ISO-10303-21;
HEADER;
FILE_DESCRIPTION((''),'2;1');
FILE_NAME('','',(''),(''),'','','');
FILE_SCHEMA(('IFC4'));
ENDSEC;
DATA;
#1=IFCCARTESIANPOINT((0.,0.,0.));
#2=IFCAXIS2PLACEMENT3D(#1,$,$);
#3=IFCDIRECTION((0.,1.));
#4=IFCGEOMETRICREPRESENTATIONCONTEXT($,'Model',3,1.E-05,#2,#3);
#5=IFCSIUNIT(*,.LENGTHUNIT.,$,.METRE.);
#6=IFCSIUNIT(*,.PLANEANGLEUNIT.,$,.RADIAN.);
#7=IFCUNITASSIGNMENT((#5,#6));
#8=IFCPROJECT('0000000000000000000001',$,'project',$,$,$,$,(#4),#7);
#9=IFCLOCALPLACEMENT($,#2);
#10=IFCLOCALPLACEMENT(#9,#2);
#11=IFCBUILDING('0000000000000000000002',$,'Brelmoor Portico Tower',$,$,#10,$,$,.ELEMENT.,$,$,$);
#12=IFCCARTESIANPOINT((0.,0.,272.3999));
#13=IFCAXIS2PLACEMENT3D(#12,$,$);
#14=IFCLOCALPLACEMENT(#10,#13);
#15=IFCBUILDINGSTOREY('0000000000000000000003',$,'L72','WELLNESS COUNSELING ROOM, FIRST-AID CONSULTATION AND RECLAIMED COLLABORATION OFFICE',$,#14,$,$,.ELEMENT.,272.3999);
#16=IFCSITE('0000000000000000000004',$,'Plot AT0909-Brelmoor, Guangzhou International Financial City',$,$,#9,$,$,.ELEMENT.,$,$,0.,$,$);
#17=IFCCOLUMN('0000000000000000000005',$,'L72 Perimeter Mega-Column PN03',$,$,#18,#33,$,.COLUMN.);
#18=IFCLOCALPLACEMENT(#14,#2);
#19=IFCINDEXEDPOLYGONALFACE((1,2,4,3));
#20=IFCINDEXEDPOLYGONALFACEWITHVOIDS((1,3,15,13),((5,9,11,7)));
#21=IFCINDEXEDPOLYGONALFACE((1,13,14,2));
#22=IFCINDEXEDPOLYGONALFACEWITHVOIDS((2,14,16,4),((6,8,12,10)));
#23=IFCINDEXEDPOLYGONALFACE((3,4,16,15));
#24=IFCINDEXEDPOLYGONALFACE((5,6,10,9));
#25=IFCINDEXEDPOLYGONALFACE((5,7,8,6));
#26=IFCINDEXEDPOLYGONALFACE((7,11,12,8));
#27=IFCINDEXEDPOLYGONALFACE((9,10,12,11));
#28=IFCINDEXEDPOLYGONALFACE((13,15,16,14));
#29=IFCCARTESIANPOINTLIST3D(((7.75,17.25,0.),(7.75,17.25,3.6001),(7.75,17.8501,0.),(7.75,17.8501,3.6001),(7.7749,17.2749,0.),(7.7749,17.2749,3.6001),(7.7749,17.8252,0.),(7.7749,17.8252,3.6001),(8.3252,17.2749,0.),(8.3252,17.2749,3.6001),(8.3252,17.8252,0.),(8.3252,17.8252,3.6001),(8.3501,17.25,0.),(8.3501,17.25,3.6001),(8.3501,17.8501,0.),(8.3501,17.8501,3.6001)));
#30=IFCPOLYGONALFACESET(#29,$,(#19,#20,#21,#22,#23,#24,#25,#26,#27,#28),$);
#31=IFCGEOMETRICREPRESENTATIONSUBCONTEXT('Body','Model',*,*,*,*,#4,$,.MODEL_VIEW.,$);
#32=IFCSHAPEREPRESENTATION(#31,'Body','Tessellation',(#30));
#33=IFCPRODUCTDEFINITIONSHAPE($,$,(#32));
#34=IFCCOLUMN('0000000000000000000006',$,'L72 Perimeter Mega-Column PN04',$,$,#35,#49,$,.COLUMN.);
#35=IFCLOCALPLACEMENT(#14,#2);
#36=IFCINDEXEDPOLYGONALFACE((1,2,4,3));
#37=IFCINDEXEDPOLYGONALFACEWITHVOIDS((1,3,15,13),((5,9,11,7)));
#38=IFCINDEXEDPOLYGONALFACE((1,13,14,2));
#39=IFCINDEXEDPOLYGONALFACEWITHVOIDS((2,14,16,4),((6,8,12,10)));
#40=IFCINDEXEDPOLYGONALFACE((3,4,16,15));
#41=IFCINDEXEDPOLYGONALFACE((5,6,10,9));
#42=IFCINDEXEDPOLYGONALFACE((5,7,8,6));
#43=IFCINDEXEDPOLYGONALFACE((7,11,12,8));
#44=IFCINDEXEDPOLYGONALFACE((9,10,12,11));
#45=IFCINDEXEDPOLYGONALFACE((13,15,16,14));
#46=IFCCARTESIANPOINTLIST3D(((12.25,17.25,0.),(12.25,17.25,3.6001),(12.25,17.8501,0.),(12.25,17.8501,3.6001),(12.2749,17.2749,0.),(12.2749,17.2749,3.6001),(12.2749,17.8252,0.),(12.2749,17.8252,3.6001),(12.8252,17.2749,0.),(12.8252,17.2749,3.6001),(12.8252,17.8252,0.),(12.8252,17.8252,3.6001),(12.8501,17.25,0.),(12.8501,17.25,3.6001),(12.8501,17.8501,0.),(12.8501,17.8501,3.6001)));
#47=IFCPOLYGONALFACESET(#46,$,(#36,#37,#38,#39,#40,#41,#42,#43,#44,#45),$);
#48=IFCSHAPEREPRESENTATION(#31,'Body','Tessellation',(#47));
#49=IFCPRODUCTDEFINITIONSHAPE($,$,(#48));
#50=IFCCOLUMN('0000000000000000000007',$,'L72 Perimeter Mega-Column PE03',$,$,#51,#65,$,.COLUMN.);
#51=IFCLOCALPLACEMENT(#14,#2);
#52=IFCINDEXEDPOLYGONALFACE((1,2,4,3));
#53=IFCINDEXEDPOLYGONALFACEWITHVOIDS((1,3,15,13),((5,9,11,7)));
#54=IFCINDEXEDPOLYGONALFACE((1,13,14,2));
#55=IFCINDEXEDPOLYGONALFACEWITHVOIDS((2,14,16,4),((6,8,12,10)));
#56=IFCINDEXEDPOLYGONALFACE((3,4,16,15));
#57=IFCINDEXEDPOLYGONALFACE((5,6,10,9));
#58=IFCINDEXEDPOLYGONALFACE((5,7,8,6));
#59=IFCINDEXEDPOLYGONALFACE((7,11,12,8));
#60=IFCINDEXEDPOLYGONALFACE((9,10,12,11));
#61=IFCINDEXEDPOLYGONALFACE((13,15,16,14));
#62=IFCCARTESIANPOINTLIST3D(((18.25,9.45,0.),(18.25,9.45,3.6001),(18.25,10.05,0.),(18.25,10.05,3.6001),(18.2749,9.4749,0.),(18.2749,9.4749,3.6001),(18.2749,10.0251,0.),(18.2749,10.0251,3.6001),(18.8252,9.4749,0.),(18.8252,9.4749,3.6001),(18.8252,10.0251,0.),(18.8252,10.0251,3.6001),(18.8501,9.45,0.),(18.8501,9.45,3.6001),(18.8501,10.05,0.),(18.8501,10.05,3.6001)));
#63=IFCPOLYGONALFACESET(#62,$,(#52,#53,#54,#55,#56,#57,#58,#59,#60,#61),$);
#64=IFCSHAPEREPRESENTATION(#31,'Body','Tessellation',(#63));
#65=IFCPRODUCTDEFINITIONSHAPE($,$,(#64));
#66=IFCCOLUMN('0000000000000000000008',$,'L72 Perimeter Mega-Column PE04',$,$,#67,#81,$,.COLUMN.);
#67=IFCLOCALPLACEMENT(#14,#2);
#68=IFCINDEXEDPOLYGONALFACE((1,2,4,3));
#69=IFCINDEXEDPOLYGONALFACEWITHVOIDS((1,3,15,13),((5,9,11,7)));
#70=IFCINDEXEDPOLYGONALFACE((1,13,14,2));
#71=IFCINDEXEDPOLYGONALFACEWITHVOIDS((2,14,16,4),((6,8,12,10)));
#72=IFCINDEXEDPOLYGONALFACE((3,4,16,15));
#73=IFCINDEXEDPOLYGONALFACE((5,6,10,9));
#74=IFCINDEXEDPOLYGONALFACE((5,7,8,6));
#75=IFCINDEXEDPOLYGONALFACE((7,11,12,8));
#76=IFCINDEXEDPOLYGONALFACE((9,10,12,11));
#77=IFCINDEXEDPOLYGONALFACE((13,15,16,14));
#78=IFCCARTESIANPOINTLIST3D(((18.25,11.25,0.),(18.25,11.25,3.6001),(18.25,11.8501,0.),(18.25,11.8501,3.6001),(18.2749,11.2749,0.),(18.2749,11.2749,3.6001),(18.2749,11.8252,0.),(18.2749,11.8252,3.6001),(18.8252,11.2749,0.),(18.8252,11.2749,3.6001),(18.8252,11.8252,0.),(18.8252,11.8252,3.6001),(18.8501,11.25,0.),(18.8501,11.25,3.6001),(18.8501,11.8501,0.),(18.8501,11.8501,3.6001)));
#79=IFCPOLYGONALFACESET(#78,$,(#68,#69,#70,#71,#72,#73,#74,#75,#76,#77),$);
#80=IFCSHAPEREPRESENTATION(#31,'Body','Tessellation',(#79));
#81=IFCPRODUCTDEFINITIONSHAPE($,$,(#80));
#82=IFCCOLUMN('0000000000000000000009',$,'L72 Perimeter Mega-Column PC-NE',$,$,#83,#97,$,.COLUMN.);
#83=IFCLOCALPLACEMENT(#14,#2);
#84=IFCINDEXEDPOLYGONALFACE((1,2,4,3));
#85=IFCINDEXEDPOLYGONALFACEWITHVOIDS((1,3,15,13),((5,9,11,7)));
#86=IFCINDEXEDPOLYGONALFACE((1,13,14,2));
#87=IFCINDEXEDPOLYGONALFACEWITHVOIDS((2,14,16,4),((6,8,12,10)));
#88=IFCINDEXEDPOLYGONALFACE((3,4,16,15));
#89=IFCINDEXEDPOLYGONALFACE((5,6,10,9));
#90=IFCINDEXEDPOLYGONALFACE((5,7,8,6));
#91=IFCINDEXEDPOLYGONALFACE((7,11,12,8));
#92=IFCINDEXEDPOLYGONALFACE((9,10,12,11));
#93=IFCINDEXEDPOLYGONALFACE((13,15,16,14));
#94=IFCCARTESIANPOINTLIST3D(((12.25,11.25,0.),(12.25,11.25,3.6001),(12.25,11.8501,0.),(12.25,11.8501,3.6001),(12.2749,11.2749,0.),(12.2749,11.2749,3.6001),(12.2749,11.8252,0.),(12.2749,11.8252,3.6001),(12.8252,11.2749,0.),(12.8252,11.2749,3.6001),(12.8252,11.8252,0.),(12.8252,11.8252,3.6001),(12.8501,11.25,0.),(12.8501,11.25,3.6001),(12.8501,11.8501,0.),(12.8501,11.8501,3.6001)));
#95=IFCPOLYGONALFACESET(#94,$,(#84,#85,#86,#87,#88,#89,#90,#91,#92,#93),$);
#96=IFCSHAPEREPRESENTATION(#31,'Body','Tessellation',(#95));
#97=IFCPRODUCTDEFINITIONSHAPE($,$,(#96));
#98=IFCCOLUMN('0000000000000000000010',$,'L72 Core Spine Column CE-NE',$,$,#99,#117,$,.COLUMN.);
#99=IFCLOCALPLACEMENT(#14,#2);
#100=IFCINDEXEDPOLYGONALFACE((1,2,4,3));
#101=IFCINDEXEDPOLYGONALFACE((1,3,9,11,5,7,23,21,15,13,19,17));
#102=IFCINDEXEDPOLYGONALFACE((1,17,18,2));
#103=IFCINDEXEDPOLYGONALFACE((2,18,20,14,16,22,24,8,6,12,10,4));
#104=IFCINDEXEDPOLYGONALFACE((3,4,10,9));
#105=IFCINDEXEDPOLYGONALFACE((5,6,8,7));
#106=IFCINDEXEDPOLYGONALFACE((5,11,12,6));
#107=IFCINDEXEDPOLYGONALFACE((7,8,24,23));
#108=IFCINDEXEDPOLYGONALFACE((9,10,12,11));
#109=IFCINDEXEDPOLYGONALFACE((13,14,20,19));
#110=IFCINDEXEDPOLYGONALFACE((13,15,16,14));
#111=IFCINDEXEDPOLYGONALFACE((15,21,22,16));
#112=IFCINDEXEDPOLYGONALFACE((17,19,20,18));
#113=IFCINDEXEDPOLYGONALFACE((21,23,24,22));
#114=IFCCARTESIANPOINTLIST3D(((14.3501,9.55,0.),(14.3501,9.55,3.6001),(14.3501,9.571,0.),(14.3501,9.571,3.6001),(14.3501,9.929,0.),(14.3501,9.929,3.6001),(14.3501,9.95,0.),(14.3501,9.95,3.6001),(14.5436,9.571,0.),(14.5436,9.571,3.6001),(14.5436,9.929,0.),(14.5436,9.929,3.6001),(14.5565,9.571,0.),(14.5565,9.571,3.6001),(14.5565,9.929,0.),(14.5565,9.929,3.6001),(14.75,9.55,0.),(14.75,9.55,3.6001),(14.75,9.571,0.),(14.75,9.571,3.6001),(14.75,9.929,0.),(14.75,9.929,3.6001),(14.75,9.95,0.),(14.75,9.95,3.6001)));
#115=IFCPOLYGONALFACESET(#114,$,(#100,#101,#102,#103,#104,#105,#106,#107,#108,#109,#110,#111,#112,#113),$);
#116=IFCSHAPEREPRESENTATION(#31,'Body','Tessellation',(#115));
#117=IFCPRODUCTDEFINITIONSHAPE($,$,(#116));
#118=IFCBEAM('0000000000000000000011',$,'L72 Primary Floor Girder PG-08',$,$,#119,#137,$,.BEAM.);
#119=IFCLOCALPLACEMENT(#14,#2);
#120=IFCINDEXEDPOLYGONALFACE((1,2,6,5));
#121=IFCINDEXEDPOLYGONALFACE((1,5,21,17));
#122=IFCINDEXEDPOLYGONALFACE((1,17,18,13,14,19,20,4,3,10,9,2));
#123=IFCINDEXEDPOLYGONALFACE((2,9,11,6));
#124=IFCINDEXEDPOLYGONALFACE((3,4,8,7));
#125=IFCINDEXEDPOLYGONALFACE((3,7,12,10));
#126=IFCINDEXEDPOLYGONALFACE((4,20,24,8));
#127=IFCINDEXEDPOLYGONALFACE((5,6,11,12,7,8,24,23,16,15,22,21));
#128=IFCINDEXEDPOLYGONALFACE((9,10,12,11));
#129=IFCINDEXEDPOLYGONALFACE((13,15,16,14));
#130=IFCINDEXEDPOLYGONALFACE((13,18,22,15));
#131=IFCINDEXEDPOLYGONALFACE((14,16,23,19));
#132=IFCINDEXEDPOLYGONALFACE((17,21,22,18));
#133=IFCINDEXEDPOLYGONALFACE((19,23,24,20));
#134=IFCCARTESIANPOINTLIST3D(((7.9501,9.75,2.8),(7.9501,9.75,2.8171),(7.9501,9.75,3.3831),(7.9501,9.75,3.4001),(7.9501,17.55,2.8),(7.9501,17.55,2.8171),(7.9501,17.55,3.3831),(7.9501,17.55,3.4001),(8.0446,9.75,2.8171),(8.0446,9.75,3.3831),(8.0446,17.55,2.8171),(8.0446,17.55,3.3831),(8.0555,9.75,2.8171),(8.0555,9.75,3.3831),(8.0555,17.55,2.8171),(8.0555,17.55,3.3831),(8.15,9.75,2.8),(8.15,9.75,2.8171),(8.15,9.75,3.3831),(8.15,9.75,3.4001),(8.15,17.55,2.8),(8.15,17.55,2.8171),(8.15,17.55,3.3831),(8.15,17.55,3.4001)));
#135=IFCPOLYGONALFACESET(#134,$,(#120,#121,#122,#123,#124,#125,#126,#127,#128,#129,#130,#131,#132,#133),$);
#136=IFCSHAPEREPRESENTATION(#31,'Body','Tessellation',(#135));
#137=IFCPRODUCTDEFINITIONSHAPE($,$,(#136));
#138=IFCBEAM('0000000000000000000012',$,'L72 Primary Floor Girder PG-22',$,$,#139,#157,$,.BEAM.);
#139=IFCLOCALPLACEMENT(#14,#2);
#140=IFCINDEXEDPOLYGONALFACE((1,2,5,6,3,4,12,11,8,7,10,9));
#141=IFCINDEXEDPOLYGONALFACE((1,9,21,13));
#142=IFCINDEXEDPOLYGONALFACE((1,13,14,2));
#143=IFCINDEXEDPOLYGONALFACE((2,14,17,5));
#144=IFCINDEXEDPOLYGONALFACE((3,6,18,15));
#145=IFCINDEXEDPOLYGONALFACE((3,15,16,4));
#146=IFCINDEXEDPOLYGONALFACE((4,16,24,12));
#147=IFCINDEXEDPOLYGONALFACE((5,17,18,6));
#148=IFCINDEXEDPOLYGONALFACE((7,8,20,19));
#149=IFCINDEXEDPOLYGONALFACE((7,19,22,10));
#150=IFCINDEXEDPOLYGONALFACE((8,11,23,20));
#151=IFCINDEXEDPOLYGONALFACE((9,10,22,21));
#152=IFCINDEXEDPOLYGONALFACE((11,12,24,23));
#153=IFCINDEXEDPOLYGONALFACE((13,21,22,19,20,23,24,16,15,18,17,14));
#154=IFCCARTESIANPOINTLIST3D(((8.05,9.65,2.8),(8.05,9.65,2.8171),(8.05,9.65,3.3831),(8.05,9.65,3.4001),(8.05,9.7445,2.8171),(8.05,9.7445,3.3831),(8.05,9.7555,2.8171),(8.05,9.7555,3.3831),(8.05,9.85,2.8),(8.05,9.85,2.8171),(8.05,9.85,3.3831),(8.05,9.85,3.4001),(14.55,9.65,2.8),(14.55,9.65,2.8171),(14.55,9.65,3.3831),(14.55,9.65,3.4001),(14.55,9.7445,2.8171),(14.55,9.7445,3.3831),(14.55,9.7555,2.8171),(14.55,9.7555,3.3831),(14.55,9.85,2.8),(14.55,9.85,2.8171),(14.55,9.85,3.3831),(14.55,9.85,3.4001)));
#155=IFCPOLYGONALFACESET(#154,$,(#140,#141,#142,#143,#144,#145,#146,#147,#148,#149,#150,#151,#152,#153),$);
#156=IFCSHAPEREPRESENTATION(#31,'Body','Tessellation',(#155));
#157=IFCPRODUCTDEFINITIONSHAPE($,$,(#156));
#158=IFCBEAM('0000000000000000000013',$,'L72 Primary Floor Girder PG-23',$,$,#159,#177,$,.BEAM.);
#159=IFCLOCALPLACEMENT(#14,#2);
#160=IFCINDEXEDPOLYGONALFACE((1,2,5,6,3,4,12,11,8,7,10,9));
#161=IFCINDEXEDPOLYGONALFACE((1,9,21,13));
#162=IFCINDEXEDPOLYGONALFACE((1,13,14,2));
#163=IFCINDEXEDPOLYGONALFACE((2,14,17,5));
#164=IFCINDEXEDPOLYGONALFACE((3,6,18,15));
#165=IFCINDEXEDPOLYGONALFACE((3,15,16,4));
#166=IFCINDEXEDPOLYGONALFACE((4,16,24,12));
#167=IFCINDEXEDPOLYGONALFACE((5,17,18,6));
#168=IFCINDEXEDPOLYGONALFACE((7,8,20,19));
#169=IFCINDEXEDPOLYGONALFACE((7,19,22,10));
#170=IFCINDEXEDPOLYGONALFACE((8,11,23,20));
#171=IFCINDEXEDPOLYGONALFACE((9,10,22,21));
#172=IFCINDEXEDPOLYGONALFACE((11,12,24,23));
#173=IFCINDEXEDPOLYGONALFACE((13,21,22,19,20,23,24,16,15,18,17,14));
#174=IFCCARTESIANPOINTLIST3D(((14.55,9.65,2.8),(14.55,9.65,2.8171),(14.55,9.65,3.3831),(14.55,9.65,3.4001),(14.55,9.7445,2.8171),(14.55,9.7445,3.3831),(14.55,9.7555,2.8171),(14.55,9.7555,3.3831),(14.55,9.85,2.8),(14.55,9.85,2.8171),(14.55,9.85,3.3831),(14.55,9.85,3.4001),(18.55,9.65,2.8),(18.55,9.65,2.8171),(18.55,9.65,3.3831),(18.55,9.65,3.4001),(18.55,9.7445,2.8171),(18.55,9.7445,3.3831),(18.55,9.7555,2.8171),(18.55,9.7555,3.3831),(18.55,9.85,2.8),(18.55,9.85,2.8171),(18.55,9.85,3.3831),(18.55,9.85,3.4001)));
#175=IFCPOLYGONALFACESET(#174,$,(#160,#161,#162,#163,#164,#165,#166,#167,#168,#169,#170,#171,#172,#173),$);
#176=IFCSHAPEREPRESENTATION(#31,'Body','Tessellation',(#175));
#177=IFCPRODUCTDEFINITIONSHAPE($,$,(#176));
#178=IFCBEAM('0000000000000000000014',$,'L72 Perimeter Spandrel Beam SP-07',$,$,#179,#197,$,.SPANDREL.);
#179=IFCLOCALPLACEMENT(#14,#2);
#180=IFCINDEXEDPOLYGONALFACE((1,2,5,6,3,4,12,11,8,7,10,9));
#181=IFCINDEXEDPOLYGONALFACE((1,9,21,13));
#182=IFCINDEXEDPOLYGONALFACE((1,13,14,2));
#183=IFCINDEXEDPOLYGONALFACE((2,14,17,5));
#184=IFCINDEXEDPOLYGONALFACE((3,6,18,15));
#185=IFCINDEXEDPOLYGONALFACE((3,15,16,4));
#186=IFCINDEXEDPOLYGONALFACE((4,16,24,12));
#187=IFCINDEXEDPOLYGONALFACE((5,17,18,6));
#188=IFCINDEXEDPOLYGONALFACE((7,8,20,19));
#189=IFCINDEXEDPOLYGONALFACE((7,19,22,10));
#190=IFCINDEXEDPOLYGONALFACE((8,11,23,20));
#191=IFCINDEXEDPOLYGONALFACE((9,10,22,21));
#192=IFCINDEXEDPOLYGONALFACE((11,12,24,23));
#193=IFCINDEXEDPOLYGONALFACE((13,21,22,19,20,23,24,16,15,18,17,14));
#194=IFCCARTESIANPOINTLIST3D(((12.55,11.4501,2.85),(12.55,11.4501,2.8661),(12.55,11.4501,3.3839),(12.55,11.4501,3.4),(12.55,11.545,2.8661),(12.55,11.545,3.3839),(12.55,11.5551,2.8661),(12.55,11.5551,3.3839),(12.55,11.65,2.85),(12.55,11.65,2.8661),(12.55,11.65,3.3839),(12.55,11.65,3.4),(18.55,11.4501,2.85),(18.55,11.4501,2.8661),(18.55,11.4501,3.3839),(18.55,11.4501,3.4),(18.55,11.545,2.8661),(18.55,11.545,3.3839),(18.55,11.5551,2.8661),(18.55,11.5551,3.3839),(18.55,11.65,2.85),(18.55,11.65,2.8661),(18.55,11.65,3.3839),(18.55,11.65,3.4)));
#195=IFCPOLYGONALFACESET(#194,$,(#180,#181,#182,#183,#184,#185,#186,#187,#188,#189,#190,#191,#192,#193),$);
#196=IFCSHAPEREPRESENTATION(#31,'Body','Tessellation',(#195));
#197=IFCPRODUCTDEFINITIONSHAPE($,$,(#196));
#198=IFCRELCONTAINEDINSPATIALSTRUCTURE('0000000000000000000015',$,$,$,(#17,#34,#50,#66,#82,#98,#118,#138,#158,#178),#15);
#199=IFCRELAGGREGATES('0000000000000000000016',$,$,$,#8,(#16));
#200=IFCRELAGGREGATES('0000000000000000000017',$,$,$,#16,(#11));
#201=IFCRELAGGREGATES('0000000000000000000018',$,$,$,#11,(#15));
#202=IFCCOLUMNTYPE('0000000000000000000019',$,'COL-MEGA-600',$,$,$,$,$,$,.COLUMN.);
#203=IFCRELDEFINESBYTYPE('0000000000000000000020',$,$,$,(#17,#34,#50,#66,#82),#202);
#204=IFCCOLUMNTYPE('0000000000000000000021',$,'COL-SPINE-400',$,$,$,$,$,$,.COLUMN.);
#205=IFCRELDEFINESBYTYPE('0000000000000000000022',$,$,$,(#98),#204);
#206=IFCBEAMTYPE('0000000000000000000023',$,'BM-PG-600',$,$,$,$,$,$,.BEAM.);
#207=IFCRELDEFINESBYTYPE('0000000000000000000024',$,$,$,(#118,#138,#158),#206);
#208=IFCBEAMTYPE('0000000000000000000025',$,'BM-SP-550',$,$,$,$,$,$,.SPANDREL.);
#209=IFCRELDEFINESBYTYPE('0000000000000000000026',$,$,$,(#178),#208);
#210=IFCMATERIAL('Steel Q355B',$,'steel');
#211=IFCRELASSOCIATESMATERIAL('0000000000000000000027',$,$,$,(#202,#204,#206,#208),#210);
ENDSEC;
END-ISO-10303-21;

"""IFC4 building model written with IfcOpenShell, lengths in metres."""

from ifc_helpers import new_model, si_unit, direction, frame, origin, origin_2d, place, context, subcontext, project, spatial, hollow_rectangle, i_section, extrude, material, material_profile, profile_set, type_object, element, save


model = new_model("IFC4")

# Units and contexts
model_context = context("Model", 3, precision=1e-05, world=origin(), true_north=direction((0.0, 1.0)))
body_context = subcontext(model_context, "Body", "Model", "MODEL_VIEW")
ifc_project = project(units=[si_unit("LENGTHUNIT", "METRE"), si_unit("PLANEANGLEUNIT", "RADIAN")], contexts=[model_context])

# Site, building, storey
site_placement = place(None, origin())
site = spatial("IfcSite", under=ifc_project, at=site_placement, Name="Plot AT0909-Brelmoor, Guangzhou International Financial City", CompositionType="ELEMENT", RefElevation=0.0)
building_placement = place(site_placement, origin())
building = spatial("IfcBuilding", under=site, at=building_placement, Name="Brelmoor Portico Tower", CompositionType="ELEMENT")
storey_placement = place(building_placement, frame((0.0, 0.0, 272.3999)))
storey = spatial("IfcBuildingStorey", under=building, at=storey_placement, Name="L72", Description="WELLNESS COUNSELING ROOM, FIRST-AID CONSULTATION AND RECLAIMED COLLABORATION OFFICE", CompositionType="ELEMENT", Elevation=272.3999)

# Columns
ifc_material_1 = material(Name="Steel Q355B", Category="steel")
ifc_material_profile_1 = material_profile(ifc_material_1, hollow_rectangle(XDim=0.6001, YDim=0.6001, WallThickness=0.0249, at=origin_2d()), Name="BOX 600x600x25")
ifc_profile_set_1 = profile_set([ifc_material_profile_1], Name="Steel Q355B")
column_type_1 = type_object("IfcColumnType", Name="COL-MEGA-600", PredefinedType="COLUMN", material=ifc_profile_set_1)
for number, where, z_axis, x_axis, name in (
    (1, (8.05, 17.55, 0.0), (0.0, 0.0, 1.0), (1.0, 0.0, 0.0), "L72 Perimeter Mega-Column PN03"),
    (2, (12.55, 17.55, 0.0), (0.0, 0.0, 1.0), (1.0, 0.0, 0.0), "L72 Perimeter Mega-Column PN04"),
    (3, (18.55, 9.75, 0.0), (0.0, 0.0, 1.0), (0.0, 1.0, 0.0), "L72 Perimeter Mega-Column PE03"),
    (4, (18.55, 11.55, 0.0), (0.0, 0.0, 1.0), (0.0, 1.0, 0.0), "L72 Perimeter Mega-Column PE04"),
    (5, (12.55, 11.55, 0.0), (0.0, 0.0, 1.0), (1.0, 0.0, 0.0), "L72 Perimeter Mega-Column PC-NE"),
):
    element("IfcColumn", number, at=place(storey_placement, frame(where, z_axis=z_axis, x_axis=x_axis)), inside=storey, type_object=column_type_1, Name=name, PredefinedType="COLUMN", context=body_context, shape_type="SweptSolid", body=[
        extrude(hollow_rectangle(XDim=0.6001, YDim=0.6001, WallThickness=0.0249, at=origin_2d()), origin(), (0.0, 0.0, 1.0), 3.6001),
    ])
ifc_material_profile_2 = material_profile(ifc_material_1, i_section(OverallWidth=0.3999, OverallDepth=0.3999, WebThickness=0.0129, FlangeThickness=0.021, at=origin_2d()), Name="HW 400x400x13x21")
ifc_profile_set_2 = profile_set([ifc_material_profile_2], Name="Steel Q355B")
column_type_2 = type_object("IfcColumnType", Name="COL-SPINE-400", PredefinedType="COLUMN", material=ifc_profile_set_2)
column_placement = place(storey_placement, frame((14.55, 9.75, 0.0), z_axis=(0.0, 0.0, 1.0), x_axis=(1.0, 0.0, 0.0)))
element("IfcColumn", 6, at=column_placement, inside=storey, type_object=column_type_2, Name="L72 Core Spine Column CE-NE", PredefinedType="COLUMN", context=body_context, shape_type="SweptSolid", body=[
    extrude(i_section(OverallWidth=0.3999, OverallDepth=0.3999, WebThickness=0.0129, FlangeThickness=0.021, at=origin_2d()), origin(), (0.0, 0.0, 1.0), 3.6001),
])

# Beams
ifc_material_profile_3 = material_profile(ifc_material_1, i_section(OverallWidth=0.2, OverallDepth=0.6001, WebThickness=0.011, FlangeThickness=0.0171, at=origin_2d()), Name="HN 600x200x11x17")
ifc_profile_set_3 = profile_set([ifc_material_profile_3], Name="Steel Q355B")
beam_type_1 = type_object("IfcBeamType", Name="BM-PG-600", PredefinedType="BEAM", material=ifc_profile_set_3)
beam_1_placement = place(storey_placement, frame((8.05, 9.75, 3.1001), z_axis=(0.0, 1.0, 0.0), x_axis=(-1.0, 0.0, 0.0)))
element("IfcBeam", 7, at=beam_1_placement, inside=storey, type_object=beam_type_1, Name="L72 Primary Floor Girder PG-08", PredefinedType="BEAM", context=body_context, shape_type="SweptSolid", body=[
    extrude(i_section(OverallWidth=0.2, OverallDepth=0.6001, WebThickness=0.011, FlangeThickness=0.0171, at=origin_2d()), origin(), (0.0, 0.0, 1.0), 7.8),
])
beam_2_placement = place(storey_placement, frame((8.05, 9.75, 3.1001), z_axis=(1.0, 0.0, 0.0), x_axis=(0.0, 1.0, 0.0)))
element("IfcBeam", 8, at=beam_2_placement, inside=storey, type_object=beam_type_1, Name="L72 Primary Floor Girder PG-22", PredefinedType="BEAM", context=body_context, shape_type="SweptSolid", body=[
    extrude(i_section(OverallWidth=0.2, OverallDepth=0.6001, WebThickness=0.011, FlangeThickness=0.0171, at=origin_2d()), origin(), (0.0, 0.0, 1.0), 6.5),
])
beam_3_placement = place(storey_placement, frame((14.55, 9.75, 3.1001), z_axis=(1.0, 0.0, 0.0), x_axis=(0.0, 1.0, 0.0)))
element("IfcBeam", 9, at=beam_3_placement, inside=storey, type_object=beam_type_1, Name="L72 Primary Floor Girder PG-23", PredefinedType="BEAM", context=body_context, shape_type="SweptSolid", body=[
    extrude(i_section(OverallWidth=0.2, OverallDepth=0.6001, WebThickness=0.011, FlangeThickness=0.0171, at=origin_2d()), origin(), (0.0, 0.0, 1.0), 4.0),
])
ifc_material_profile_4 = material_profile(ifc_material_1, i_section(OverallWidth=0.2, OverallDepth=0.55, WebThickness=0.01, FlangeThickness=0.0161, at=origin_2d()), Name="HN 550x200x10x16")
ifc_profile_set_4 = profile_set([ifc_material_profile_4], Name="Steel Q355B")
beam_type_2 = type_object("IfcBeamType", Name="BM-SP-550", PredefinedType="SPANDREL", material=ifc_profile_set_4)
beam_4_placement = place(storey_placement, frame((12.55, 11.55, 3.125), z_axis=(1.0, 0.0, 0.0), x_axis=(0.0, 1.0, 0.0)))
element("IfcBeam", 10, at=beam_4_placement, inside=storey, type_object=beam_type_2, Name="L72 Perimeter Spandrel Beam SP-07", PredefinedType="SPANDREL", context=body_context, shape_type="SweptSolid", body=[
    extrude(i_section(OverallWidth=0.2, OverallDepth=0.55, WebThickness=0.01, FlangeThickness=0.0161, at=origin_2d()), origin(), (0.0, 0.0, 1.0), 6.0),
])

save(model, "model.ifc")
